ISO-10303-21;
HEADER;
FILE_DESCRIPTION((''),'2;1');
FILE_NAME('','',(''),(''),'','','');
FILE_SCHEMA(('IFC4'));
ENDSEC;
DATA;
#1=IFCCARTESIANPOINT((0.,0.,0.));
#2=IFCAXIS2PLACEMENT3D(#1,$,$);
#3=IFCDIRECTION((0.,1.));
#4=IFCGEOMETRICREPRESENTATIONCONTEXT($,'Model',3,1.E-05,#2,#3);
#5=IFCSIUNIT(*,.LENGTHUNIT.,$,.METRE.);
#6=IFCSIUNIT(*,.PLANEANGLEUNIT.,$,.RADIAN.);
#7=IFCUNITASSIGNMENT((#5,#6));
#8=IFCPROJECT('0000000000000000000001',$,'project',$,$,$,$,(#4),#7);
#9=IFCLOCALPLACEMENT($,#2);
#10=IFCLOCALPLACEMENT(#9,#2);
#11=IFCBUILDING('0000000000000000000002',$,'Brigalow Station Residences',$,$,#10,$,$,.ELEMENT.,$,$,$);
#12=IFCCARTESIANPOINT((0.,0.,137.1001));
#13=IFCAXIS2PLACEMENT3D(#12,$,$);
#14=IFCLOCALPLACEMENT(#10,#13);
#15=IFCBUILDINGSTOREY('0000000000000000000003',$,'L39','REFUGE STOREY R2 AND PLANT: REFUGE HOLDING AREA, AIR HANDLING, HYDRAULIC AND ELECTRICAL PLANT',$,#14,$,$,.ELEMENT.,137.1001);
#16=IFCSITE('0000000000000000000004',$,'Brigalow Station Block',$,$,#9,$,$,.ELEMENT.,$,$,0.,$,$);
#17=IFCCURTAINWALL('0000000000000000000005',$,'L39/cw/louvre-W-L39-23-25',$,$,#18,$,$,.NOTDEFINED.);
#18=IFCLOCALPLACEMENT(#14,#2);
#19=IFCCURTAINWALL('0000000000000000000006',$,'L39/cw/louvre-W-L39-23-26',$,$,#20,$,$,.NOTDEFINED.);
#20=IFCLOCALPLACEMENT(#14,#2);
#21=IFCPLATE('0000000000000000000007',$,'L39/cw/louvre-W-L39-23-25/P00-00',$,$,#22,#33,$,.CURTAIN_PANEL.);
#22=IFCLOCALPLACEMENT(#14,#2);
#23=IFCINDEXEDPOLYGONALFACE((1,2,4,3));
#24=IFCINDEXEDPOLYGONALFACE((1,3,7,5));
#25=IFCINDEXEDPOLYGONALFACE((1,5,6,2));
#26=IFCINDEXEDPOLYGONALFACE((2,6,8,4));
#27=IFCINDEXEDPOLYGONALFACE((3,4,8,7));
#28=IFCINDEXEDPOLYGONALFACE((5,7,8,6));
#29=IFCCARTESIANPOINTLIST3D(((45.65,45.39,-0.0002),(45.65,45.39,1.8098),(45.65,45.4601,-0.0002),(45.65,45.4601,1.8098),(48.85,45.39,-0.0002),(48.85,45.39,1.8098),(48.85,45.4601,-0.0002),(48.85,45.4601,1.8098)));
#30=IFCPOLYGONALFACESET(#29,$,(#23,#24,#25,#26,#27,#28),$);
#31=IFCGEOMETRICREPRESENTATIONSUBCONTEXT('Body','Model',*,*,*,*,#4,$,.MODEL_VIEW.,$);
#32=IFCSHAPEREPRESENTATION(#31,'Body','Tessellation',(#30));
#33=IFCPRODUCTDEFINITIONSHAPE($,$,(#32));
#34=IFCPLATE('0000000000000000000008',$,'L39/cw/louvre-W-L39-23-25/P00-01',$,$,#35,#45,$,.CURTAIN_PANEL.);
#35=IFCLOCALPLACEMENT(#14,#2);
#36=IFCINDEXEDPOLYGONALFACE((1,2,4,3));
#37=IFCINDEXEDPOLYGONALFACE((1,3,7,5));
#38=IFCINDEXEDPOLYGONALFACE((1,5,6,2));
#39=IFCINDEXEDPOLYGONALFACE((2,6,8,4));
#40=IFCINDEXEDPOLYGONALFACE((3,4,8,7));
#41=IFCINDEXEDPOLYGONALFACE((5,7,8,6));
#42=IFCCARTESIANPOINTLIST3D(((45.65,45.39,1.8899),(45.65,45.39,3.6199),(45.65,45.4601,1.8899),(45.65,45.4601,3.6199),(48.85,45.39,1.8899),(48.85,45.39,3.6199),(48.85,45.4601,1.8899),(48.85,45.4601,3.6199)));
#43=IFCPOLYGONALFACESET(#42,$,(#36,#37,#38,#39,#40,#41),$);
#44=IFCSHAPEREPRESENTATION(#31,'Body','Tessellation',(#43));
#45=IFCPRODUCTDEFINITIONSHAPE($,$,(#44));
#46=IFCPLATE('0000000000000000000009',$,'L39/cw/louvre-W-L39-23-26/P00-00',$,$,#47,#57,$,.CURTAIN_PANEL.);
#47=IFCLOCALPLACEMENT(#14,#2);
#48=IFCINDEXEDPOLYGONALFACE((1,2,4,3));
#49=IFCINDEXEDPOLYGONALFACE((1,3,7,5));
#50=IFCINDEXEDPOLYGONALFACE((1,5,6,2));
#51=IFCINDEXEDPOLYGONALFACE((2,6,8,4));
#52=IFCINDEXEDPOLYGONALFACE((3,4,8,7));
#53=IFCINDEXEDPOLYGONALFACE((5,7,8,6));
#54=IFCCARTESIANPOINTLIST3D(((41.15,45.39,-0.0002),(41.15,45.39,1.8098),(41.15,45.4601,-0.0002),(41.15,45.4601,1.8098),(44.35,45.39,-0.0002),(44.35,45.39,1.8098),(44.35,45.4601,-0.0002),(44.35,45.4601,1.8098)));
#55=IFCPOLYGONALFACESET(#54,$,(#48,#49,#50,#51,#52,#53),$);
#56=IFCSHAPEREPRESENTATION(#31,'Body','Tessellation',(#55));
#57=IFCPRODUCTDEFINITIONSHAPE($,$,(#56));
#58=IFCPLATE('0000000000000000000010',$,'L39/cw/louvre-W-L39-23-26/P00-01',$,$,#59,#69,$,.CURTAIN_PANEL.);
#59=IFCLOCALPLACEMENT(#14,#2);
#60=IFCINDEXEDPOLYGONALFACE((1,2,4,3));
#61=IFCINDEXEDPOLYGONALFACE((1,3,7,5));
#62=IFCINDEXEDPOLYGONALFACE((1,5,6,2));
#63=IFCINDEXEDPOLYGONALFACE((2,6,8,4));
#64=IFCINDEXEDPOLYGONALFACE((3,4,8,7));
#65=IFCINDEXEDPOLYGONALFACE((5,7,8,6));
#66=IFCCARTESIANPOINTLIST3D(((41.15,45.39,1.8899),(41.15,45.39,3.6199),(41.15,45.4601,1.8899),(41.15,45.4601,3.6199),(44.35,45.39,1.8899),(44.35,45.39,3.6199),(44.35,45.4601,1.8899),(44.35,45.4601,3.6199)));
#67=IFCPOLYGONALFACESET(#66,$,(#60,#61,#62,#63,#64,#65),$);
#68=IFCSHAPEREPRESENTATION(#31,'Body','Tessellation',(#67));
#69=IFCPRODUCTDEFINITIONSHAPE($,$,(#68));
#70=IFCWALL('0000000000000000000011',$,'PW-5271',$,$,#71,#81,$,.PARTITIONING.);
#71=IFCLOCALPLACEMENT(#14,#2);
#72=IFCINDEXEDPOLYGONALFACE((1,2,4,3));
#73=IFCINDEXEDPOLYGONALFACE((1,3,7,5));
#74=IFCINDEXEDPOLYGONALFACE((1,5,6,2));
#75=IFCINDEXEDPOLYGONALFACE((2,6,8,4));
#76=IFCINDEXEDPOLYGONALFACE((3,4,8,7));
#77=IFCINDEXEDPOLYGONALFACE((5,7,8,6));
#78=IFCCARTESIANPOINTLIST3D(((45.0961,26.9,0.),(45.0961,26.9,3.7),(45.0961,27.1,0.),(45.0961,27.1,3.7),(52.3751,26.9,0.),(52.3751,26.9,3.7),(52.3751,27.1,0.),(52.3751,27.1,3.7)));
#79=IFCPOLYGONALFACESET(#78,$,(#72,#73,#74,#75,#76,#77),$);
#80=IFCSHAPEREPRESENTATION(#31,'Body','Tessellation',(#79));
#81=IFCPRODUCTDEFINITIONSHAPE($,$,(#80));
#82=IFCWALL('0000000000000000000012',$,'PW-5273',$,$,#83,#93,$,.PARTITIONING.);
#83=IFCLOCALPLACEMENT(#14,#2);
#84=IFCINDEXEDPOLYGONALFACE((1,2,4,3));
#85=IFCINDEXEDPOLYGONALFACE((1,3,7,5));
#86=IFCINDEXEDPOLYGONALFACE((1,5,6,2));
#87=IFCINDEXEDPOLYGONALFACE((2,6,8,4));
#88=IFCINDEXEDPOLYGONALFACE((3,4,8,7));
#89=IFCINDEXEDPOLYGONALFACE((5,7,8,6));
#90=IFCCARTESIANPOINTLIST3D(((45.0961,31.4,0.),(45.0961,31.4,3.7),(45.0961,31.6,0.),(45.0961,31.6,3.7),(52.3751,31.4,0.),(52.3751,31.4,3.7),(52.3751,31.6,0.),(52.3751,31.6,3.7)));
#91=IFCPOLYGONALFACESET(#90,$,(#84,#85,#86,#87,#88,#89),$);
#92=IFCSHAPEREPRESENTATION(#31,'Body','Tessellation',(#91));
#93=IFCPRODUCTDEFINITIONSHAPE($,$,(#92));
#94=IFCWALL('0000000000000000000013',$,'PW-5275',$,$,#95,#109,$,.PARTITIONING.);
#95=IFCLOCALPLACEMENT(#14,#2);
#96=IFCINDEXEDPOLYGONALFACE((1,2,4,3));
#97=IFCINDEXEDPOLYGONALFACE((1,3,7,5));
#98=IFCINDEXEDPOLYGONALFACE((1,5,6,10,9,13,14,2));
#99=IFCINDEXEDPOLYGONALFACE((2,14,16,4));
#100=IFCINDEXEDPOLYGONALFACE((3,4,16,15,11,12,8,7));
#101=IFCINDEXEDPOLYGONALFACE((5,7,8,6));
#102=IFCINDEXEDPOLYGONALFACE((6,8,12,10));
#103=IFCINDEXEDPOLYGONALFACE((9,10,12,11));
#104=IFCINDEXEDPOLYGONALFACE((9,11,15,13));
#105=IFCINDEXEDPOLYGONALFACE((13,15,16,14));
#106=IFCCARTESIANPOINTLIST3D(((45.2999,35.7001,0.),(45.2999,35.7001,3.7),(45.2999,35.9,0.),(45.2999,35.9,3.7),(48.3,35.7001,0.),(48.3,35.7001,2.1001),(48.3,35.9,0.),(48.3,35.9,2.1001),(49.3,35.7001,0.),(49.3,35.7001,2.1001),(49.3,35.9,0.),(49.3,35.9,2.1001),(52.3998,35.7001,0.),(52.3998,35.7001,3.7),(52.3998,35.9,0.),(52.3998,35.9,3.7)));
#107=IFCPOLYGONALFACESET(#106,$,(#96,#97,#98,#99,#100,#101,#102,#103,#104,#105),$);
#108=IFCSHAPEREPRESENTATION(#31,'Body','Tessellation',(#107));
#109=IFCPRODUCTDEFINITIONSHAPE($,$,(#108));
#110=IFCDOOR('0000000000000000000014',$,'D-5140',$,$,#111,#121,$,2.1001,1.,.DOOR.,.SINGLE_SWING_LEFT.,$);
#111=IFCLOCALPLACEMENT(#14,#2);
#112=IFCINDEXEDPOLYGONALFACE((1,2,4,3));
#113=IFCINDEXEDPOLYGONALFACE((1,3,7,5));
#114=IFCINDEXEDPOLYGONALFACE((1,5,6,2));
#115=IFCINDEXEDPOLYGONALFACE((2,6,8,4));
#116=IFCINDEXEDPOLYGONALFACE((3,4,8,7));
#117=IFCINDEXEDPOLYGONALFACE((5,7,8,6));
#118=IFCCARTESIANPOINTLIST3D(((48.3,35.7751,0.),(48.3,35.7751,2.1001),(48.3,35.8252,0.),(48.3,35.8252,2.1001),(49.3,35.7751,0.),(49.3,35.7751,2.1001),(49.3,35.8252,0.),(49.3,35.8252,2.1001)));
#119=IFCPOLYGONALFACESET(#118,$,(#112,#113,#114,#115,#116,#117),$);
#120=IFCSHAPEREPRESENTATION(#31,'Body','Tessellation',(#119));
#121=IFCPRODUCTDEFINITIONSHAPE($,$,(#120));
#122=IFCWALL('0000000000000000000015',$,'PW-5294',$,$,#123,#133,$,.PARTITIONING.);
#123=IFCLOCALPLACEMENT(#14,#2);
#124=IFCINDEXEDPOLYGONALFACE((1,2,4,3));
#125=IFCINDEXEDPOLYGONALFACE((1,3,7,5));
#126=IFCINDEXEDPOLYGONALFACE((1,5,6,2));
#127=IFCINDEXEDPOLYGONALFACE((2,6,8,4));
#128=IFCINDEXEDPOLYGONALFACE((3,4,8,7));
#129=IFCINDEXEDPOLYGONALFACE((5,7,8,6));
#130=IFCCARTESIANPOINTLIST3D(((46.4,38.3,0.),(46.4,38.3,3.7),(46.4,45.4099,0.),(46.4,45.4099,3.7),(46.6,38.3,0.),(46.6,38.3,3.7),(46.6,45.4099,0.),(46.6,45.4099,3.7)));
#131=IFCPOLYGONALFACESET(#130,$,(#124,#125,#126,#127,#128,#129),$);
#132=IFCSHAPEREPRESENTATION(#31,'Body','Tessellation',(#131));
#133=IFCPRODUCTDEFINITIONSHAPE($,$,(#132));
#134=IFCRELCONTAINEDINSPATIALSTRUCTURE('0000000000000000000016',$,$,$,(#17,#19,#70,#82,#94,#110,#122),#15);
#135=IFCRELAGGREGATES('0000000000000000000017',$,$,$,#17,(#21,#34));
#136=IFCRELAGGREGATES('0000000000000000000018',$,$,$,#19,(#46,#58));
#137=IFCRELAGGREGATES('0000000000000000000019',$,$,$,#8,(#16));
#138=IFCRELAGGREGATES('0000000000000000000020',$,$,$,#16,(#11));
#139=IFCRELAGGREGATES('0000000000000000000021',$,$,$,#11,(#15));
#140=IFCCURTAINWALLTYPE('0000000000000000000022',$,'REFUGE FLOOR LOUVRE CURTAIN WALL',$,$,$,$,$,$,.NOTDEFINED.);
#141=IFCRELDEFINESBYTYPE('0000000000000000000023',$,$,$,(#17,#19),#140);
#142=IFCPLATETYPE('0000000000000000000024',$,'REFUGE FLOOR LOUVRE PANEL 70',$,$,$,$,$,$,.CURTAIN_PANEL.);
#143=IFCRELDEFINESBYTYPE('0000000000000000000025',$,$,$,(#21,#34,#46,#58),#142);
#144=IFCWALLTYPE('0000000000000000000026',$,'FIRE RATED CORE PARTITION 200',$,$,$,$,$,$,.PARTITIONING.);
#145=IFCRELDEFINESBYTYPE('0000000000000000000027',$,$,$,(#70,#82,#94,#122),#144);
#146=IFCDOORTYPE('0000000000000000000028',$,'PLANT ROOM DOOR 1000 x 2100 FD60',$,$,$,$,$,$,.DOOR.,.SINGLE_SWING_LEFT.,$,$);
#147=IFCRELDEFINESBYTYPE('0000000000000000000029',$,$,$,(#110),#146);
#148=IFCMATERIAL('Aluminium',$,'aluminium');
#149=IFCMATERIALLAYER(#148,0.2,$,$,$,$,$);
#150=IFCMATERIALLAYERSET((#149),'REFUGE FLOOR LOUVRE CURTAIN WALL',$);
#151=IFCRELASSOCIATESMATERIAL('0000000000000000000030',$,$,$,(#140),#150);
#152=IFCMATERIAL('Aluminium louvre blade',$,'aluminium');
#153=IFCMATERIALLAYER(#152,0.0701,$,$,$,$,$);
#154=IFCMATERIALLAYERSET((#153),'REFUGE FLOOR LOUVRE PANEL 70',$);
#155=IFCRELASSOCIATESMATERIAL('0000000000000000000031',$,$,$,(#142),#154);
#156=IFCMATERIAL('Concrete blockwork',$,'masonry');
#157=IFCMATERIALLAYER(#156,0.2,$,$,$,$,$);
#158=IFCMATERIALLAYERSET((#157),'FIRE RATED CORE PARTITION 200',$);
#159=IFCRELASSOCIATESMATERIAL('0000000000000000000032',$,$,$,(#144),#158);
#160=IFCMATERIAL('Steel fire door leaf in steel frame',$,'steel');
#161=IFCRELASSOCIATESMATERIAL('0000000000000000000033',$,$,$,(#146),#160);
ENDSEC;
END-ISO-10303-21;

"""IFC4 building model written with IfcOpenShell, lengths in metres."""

from ifc_helpers import new_model, si_unit, direction, frame, frame_2d, origin, origin_2d, place, context, subcontext, project, spatial, rectangle, extrude, material, layer, layer_set, type_object, element, fill, aggregate, save


model = new_model("IFC4")

# Units and contexts
model_context = context("Model", 3, precision=1e-05, world=origin(), true_north=direction((0.0, 1.0)))
body_context = subcontext(model_context, "Body", "Model", "MODEL_VIEW")
ifc_project = project(units=[si_unit("LENGTHUNIT", "METRE"), si_unit("PLANEANGLEUNIT", "RADIAN")], contexts=[model_context])

# Site, building, storey
site_placement = place(None, origin())
site = spatial("IfcSite", under=ifc_project, at=site_placement, Name="Brigalow Station Block", CompositionType="ELEMENT", RefElevation=0.0)
building_placement = place(site_placement, origin())
building = spatial("IfcBuilding", under=site, at=building_placement, Name="Brigalow Station Residences", CompositionType="ELEMENT")
storey_placement = place(building_placement, frame((0.0, 0.0, 137.1001)))
storey = spatial("IfcBuildingStorey", under=building, at=storey_placement, Name="L39", Description="REFUGE STOREY R2 AND PLANT: REFUGE HOLDING AREA, AIR HANDLING, HYDRAULIC AND ELECTRICAL PLANT", CompositionType="ELEMENT", Elevation=137.1001)

# Curtain wall
ifc_material_1 = material(Name="Aluminium", Category="aluminium")
ifc_layer_1 = layer(ifc_material_1, 0.2)
ifc_layer_set_1 = layer_set([ifc_layer_1], Name="REFUGE FLOOR LOUVRE CURTAIN WALL")
curtain_wall_type_1 = type_object("IfcCurtainWallType", Name="REFUGE FLOOR LOUVRE CURTAIN WALL", PredefinedType="NOTDEFINED", material=ifc_layer_set_1)
curtain_wall_1_placement = place(storey_placement, origin())
curtain_wall_1 = element("IfcCurtainWall", 1, at=curtain_wall_1_placement, inside=storey, type_object=curtain_wall_type_1, Name="L39/cw/louvre-W-L39-23-25", PredefinedType="NOTDEFINED")

# Curtain wall
curtain_wall_2_placement = place(storey_placement, origin())
curtain_wall_2 = element("IfcCurtainWall", 2, at=curtain_wall_2_placement, inside=storey, type_object=curtain_wall_type_1, Name="L39/cw/louvre-W-L39-23-26", PredefinedType="NOTDEFINED")

# Plates
ifc_material_2 = material(Name="Aluminium louvre blade", Category="aluminium")
ifc_layer_2 = layer(ifc_material_2, 0.0701)
ifc_layer_set_2 = layer_set([ifc_layer_2], Name="REFUGE FLOOR LOUVRE PANEL 70")
plate_type_1 = type_object("IfcPlateType", Name="REFUGE FLOOR LOUVRE PANEL 70", PredefinedType="CURTAIN_PANEL", material=ifc_layer_set_2)
plate_1_placement = place(storey_placement, frame((47.25, 45.425, -0.0002), z_axis=(0.0, 0.0, 1.0), x_axis=(-1.0, 0.0, 0.0)))
plate_1 = element("IfcPlate", 3, at=plate_1_placement, type_object=plate_type_1, Name="L39/cw/louvre-W-L39-23-25/P00-00", PredefinedType="CURTAIN_PANEL", context=body_context, shape_type="SweptSolid", body=[
    extrude(rectangle(XDim=3.2, YDim=0.0701, at=origin_2d()), origin(), (0.0, 0.0, 1.0), 1.8101),
])
plate_2_placement = place(storey_placement, frame((47.25, 45.425, 1.8899), z_axis=(0.0, 0.0, 1.0), x_axis=(-1.0, 0.0, 0.0)))
plate_2 = element("IfcPlate", 4, at=plate_2_placement, type_object=plate_type_1, Name="L39/cw/louvre-W-L39-23-25/P00-01", PredefinedType="CURTAIN_PANEL", context=body_context, shape_type="SweptSolid", body=[
    extrude(rectangle(XDim=3.2, YDim=0.0701, at=origin_2d()), origin(), (0.0, 0.0, 1.0), 1.73),
])
aggregate(curtain_wall_1, [plate_1, plate_2])
plate_3_placement = place(storey_placement, frame((42.75, 45.425, -0.0002), z_axis=(0.0, 0.0, 1.0), x_axis=(-1.0, 0.0, 0.0)))
plate_3 = element("IfcPlate", 5, at=plate_3_placement, type_object=plate_type_1, Name="L39/cw/louvre-W-L39-23-26/P00-00", PredefinedType="CURTAIN_PANEL", context=body_context, shape_type="SweptSolid", body=[
    extrude(rectangle(XDim=3.2, YDim=0.0701, at=origin_2d()), origin(), (0.0, 0.0, 1.0), 1.8101),
])
plate_4_placement = place(storey_placement, frame((42.75, 45.425, 1.8899), z_axis=(0.0, 0.0, 1.0), x_axis=(-1.0, 0.0, 0.0)))
plate_4 = element("IfcPlate", 6, at=plate_4_placement, type_object=plate_type_1, Name="L39/cw/louvre-W-L39-23-26/P00-01", PredefinedType="CURTAIN_PANEL", context=body_context, shape_type="SweptSolid", body=[
    extrude(rectangle(XDim=3.2, YDim=0.0701, at=origin_2d()), origin(), (0.0, 0.0, 1.0), 1.73),
])
aggregate(curtain_wall_2, [plate_3, plate_4])

# Walls
ifc_material_3 = material(Name="Concrete blockwork", Category="masonry")
ifc_layer_3 = layer(ifc_material_3, 0.2)
ifc_layer_set_3 = layer_set([ifc_layer_3], Name="FIRE RATED CORE PARTITION 200")
wall_type = type_object("IfcWallType", Name="FIRE RATED CORE PARTITION 200", PredefinedType="PARTITIONING", material=ifc_layer_set_3)
for number, where, z_axis, x_axis, name in (
    (7, (45.0959, 27.0, 0.0), (0.0, 0.0, 1.0), (1.0, 0.0, 0.0), "PW-5271"),
    (8, (45.0959, 31.5, 0.0), (0.0, 0.0, 1.0), (1.0, 0.0, 0.0), "PW-5273"),
):
    element("IfcWall", number, at=place(storey_placement, frame(where, z_axis=z_axis, x_axis=x_axis)), inside=storey, type_object=wall_type, Name=name, PredefinedType="PARTITIONING", context=body_context, shape_type="SweptSolid", body=[
        extrude(rectangle(XDim=7.2791, YDim=0.2, at=frame_2d((3.6396, 0.0))), origin(), (0.0, 0.0, 1.0), 3.7),
    ])

# Wall, opening, door
wall_1_placement = place(storey_placement, frame((45.3, 35.8, 0.0), z_axis=(0.0, 0.0, 1.0), x_axis=(1.0, 0.0, 0.0)))
wall_1 = element("IfcWall", 9, at=wall_1_placement, inside=storey, type_object=wall_type, Name="PW-5275", PredefinedType="PARTITIONING", context=body_context, shape_type="SweptSolid", body=[
    extrude(rectangle(XDim=7.0999, YDim=0.2, at=frame_2d((3.5498, 0.0))), origin(), (0.0, 0.0, 1.0), 3.7),
])
opening_placement = place(wall_1_placement, frame((3.0, 0.0, 0.0)))
opening = element("IfcOpeningElement", 10, at=opening_placement, cuts=wall_1, PredefinedType="OPENING", context=body_context, shape_type="SweptSolid", body=[
    extrude(rectangle(XDim=1.0, YDim=2.1001, at=frame_2d((0.5, 1.05))), frame((0.0, 0.1099, 0.0), z_axis=(0.0, -1.0, 0.0), x_axis=(1.0, 0.0, 0.0)), (0.0, 0.0, 1.0), 0.22),
])
ifc_material_4 = material(Name="Steel fire door leaf in steel frame", Category="steel")
door_type = type_object("IfcDoorType", Name="PLANT ROOM DOOR 1000 x 2100 FD60", OperationType="SINGLE_SWING_LEFT", PredefinedType="DOOR", material=ifc_material_4)
door_placement = place(opening_placement, frame((1.0, 0.0, 0.0), z_axis=(0.0, 0.0, 1.0), x_axis=(-1.0, 0.0, 0.0)))
door = element("IfcDoor", 11, at=door_placement, inside=storey, type_object=door_type, Name="D-5140", OperationType="SINGLE_SWING_LEFT", OverallHeight=2.1001, OverallWidth=1.0, PredefinedType="DOOR", context=body_context, shape_type="SweptSolid", body=[
    extrude(rectangle(XDim=1.0, YDim=2.1001, at=frame_2d((0.5, 1.05))), frame((0.0, 0.0249, 0.0), z_axis=(0.0, -1.0, 0.0), x_axis=(1.0, 0.0, 0.0)), (0.0, 0.0, 1.0), 0.05),
])
fill(opening, door)

# Wall
wall_2_placement = place(storey_placement, frame((46.5, 38.3, 0.0), z_axis=(0.0, 0.0, 1.0), x_axis=(0.0, 1.0, 0.0)))
element("IfcWall", 12, at=wall_2_placement, inside=storey, type_object=wall_type, Name="PW-5294", PredefinedType="PARTITIONING", context=body_context, shape_type="SweptSolid", body=[
    extrude(rectangle(XDim=7.1099, YDim=0.2, at=frame_2d((3.5549, 0.0))), origin(), (0.0, 0.0, 1.0), 3.7),
])

save(model, "model.ifc")
